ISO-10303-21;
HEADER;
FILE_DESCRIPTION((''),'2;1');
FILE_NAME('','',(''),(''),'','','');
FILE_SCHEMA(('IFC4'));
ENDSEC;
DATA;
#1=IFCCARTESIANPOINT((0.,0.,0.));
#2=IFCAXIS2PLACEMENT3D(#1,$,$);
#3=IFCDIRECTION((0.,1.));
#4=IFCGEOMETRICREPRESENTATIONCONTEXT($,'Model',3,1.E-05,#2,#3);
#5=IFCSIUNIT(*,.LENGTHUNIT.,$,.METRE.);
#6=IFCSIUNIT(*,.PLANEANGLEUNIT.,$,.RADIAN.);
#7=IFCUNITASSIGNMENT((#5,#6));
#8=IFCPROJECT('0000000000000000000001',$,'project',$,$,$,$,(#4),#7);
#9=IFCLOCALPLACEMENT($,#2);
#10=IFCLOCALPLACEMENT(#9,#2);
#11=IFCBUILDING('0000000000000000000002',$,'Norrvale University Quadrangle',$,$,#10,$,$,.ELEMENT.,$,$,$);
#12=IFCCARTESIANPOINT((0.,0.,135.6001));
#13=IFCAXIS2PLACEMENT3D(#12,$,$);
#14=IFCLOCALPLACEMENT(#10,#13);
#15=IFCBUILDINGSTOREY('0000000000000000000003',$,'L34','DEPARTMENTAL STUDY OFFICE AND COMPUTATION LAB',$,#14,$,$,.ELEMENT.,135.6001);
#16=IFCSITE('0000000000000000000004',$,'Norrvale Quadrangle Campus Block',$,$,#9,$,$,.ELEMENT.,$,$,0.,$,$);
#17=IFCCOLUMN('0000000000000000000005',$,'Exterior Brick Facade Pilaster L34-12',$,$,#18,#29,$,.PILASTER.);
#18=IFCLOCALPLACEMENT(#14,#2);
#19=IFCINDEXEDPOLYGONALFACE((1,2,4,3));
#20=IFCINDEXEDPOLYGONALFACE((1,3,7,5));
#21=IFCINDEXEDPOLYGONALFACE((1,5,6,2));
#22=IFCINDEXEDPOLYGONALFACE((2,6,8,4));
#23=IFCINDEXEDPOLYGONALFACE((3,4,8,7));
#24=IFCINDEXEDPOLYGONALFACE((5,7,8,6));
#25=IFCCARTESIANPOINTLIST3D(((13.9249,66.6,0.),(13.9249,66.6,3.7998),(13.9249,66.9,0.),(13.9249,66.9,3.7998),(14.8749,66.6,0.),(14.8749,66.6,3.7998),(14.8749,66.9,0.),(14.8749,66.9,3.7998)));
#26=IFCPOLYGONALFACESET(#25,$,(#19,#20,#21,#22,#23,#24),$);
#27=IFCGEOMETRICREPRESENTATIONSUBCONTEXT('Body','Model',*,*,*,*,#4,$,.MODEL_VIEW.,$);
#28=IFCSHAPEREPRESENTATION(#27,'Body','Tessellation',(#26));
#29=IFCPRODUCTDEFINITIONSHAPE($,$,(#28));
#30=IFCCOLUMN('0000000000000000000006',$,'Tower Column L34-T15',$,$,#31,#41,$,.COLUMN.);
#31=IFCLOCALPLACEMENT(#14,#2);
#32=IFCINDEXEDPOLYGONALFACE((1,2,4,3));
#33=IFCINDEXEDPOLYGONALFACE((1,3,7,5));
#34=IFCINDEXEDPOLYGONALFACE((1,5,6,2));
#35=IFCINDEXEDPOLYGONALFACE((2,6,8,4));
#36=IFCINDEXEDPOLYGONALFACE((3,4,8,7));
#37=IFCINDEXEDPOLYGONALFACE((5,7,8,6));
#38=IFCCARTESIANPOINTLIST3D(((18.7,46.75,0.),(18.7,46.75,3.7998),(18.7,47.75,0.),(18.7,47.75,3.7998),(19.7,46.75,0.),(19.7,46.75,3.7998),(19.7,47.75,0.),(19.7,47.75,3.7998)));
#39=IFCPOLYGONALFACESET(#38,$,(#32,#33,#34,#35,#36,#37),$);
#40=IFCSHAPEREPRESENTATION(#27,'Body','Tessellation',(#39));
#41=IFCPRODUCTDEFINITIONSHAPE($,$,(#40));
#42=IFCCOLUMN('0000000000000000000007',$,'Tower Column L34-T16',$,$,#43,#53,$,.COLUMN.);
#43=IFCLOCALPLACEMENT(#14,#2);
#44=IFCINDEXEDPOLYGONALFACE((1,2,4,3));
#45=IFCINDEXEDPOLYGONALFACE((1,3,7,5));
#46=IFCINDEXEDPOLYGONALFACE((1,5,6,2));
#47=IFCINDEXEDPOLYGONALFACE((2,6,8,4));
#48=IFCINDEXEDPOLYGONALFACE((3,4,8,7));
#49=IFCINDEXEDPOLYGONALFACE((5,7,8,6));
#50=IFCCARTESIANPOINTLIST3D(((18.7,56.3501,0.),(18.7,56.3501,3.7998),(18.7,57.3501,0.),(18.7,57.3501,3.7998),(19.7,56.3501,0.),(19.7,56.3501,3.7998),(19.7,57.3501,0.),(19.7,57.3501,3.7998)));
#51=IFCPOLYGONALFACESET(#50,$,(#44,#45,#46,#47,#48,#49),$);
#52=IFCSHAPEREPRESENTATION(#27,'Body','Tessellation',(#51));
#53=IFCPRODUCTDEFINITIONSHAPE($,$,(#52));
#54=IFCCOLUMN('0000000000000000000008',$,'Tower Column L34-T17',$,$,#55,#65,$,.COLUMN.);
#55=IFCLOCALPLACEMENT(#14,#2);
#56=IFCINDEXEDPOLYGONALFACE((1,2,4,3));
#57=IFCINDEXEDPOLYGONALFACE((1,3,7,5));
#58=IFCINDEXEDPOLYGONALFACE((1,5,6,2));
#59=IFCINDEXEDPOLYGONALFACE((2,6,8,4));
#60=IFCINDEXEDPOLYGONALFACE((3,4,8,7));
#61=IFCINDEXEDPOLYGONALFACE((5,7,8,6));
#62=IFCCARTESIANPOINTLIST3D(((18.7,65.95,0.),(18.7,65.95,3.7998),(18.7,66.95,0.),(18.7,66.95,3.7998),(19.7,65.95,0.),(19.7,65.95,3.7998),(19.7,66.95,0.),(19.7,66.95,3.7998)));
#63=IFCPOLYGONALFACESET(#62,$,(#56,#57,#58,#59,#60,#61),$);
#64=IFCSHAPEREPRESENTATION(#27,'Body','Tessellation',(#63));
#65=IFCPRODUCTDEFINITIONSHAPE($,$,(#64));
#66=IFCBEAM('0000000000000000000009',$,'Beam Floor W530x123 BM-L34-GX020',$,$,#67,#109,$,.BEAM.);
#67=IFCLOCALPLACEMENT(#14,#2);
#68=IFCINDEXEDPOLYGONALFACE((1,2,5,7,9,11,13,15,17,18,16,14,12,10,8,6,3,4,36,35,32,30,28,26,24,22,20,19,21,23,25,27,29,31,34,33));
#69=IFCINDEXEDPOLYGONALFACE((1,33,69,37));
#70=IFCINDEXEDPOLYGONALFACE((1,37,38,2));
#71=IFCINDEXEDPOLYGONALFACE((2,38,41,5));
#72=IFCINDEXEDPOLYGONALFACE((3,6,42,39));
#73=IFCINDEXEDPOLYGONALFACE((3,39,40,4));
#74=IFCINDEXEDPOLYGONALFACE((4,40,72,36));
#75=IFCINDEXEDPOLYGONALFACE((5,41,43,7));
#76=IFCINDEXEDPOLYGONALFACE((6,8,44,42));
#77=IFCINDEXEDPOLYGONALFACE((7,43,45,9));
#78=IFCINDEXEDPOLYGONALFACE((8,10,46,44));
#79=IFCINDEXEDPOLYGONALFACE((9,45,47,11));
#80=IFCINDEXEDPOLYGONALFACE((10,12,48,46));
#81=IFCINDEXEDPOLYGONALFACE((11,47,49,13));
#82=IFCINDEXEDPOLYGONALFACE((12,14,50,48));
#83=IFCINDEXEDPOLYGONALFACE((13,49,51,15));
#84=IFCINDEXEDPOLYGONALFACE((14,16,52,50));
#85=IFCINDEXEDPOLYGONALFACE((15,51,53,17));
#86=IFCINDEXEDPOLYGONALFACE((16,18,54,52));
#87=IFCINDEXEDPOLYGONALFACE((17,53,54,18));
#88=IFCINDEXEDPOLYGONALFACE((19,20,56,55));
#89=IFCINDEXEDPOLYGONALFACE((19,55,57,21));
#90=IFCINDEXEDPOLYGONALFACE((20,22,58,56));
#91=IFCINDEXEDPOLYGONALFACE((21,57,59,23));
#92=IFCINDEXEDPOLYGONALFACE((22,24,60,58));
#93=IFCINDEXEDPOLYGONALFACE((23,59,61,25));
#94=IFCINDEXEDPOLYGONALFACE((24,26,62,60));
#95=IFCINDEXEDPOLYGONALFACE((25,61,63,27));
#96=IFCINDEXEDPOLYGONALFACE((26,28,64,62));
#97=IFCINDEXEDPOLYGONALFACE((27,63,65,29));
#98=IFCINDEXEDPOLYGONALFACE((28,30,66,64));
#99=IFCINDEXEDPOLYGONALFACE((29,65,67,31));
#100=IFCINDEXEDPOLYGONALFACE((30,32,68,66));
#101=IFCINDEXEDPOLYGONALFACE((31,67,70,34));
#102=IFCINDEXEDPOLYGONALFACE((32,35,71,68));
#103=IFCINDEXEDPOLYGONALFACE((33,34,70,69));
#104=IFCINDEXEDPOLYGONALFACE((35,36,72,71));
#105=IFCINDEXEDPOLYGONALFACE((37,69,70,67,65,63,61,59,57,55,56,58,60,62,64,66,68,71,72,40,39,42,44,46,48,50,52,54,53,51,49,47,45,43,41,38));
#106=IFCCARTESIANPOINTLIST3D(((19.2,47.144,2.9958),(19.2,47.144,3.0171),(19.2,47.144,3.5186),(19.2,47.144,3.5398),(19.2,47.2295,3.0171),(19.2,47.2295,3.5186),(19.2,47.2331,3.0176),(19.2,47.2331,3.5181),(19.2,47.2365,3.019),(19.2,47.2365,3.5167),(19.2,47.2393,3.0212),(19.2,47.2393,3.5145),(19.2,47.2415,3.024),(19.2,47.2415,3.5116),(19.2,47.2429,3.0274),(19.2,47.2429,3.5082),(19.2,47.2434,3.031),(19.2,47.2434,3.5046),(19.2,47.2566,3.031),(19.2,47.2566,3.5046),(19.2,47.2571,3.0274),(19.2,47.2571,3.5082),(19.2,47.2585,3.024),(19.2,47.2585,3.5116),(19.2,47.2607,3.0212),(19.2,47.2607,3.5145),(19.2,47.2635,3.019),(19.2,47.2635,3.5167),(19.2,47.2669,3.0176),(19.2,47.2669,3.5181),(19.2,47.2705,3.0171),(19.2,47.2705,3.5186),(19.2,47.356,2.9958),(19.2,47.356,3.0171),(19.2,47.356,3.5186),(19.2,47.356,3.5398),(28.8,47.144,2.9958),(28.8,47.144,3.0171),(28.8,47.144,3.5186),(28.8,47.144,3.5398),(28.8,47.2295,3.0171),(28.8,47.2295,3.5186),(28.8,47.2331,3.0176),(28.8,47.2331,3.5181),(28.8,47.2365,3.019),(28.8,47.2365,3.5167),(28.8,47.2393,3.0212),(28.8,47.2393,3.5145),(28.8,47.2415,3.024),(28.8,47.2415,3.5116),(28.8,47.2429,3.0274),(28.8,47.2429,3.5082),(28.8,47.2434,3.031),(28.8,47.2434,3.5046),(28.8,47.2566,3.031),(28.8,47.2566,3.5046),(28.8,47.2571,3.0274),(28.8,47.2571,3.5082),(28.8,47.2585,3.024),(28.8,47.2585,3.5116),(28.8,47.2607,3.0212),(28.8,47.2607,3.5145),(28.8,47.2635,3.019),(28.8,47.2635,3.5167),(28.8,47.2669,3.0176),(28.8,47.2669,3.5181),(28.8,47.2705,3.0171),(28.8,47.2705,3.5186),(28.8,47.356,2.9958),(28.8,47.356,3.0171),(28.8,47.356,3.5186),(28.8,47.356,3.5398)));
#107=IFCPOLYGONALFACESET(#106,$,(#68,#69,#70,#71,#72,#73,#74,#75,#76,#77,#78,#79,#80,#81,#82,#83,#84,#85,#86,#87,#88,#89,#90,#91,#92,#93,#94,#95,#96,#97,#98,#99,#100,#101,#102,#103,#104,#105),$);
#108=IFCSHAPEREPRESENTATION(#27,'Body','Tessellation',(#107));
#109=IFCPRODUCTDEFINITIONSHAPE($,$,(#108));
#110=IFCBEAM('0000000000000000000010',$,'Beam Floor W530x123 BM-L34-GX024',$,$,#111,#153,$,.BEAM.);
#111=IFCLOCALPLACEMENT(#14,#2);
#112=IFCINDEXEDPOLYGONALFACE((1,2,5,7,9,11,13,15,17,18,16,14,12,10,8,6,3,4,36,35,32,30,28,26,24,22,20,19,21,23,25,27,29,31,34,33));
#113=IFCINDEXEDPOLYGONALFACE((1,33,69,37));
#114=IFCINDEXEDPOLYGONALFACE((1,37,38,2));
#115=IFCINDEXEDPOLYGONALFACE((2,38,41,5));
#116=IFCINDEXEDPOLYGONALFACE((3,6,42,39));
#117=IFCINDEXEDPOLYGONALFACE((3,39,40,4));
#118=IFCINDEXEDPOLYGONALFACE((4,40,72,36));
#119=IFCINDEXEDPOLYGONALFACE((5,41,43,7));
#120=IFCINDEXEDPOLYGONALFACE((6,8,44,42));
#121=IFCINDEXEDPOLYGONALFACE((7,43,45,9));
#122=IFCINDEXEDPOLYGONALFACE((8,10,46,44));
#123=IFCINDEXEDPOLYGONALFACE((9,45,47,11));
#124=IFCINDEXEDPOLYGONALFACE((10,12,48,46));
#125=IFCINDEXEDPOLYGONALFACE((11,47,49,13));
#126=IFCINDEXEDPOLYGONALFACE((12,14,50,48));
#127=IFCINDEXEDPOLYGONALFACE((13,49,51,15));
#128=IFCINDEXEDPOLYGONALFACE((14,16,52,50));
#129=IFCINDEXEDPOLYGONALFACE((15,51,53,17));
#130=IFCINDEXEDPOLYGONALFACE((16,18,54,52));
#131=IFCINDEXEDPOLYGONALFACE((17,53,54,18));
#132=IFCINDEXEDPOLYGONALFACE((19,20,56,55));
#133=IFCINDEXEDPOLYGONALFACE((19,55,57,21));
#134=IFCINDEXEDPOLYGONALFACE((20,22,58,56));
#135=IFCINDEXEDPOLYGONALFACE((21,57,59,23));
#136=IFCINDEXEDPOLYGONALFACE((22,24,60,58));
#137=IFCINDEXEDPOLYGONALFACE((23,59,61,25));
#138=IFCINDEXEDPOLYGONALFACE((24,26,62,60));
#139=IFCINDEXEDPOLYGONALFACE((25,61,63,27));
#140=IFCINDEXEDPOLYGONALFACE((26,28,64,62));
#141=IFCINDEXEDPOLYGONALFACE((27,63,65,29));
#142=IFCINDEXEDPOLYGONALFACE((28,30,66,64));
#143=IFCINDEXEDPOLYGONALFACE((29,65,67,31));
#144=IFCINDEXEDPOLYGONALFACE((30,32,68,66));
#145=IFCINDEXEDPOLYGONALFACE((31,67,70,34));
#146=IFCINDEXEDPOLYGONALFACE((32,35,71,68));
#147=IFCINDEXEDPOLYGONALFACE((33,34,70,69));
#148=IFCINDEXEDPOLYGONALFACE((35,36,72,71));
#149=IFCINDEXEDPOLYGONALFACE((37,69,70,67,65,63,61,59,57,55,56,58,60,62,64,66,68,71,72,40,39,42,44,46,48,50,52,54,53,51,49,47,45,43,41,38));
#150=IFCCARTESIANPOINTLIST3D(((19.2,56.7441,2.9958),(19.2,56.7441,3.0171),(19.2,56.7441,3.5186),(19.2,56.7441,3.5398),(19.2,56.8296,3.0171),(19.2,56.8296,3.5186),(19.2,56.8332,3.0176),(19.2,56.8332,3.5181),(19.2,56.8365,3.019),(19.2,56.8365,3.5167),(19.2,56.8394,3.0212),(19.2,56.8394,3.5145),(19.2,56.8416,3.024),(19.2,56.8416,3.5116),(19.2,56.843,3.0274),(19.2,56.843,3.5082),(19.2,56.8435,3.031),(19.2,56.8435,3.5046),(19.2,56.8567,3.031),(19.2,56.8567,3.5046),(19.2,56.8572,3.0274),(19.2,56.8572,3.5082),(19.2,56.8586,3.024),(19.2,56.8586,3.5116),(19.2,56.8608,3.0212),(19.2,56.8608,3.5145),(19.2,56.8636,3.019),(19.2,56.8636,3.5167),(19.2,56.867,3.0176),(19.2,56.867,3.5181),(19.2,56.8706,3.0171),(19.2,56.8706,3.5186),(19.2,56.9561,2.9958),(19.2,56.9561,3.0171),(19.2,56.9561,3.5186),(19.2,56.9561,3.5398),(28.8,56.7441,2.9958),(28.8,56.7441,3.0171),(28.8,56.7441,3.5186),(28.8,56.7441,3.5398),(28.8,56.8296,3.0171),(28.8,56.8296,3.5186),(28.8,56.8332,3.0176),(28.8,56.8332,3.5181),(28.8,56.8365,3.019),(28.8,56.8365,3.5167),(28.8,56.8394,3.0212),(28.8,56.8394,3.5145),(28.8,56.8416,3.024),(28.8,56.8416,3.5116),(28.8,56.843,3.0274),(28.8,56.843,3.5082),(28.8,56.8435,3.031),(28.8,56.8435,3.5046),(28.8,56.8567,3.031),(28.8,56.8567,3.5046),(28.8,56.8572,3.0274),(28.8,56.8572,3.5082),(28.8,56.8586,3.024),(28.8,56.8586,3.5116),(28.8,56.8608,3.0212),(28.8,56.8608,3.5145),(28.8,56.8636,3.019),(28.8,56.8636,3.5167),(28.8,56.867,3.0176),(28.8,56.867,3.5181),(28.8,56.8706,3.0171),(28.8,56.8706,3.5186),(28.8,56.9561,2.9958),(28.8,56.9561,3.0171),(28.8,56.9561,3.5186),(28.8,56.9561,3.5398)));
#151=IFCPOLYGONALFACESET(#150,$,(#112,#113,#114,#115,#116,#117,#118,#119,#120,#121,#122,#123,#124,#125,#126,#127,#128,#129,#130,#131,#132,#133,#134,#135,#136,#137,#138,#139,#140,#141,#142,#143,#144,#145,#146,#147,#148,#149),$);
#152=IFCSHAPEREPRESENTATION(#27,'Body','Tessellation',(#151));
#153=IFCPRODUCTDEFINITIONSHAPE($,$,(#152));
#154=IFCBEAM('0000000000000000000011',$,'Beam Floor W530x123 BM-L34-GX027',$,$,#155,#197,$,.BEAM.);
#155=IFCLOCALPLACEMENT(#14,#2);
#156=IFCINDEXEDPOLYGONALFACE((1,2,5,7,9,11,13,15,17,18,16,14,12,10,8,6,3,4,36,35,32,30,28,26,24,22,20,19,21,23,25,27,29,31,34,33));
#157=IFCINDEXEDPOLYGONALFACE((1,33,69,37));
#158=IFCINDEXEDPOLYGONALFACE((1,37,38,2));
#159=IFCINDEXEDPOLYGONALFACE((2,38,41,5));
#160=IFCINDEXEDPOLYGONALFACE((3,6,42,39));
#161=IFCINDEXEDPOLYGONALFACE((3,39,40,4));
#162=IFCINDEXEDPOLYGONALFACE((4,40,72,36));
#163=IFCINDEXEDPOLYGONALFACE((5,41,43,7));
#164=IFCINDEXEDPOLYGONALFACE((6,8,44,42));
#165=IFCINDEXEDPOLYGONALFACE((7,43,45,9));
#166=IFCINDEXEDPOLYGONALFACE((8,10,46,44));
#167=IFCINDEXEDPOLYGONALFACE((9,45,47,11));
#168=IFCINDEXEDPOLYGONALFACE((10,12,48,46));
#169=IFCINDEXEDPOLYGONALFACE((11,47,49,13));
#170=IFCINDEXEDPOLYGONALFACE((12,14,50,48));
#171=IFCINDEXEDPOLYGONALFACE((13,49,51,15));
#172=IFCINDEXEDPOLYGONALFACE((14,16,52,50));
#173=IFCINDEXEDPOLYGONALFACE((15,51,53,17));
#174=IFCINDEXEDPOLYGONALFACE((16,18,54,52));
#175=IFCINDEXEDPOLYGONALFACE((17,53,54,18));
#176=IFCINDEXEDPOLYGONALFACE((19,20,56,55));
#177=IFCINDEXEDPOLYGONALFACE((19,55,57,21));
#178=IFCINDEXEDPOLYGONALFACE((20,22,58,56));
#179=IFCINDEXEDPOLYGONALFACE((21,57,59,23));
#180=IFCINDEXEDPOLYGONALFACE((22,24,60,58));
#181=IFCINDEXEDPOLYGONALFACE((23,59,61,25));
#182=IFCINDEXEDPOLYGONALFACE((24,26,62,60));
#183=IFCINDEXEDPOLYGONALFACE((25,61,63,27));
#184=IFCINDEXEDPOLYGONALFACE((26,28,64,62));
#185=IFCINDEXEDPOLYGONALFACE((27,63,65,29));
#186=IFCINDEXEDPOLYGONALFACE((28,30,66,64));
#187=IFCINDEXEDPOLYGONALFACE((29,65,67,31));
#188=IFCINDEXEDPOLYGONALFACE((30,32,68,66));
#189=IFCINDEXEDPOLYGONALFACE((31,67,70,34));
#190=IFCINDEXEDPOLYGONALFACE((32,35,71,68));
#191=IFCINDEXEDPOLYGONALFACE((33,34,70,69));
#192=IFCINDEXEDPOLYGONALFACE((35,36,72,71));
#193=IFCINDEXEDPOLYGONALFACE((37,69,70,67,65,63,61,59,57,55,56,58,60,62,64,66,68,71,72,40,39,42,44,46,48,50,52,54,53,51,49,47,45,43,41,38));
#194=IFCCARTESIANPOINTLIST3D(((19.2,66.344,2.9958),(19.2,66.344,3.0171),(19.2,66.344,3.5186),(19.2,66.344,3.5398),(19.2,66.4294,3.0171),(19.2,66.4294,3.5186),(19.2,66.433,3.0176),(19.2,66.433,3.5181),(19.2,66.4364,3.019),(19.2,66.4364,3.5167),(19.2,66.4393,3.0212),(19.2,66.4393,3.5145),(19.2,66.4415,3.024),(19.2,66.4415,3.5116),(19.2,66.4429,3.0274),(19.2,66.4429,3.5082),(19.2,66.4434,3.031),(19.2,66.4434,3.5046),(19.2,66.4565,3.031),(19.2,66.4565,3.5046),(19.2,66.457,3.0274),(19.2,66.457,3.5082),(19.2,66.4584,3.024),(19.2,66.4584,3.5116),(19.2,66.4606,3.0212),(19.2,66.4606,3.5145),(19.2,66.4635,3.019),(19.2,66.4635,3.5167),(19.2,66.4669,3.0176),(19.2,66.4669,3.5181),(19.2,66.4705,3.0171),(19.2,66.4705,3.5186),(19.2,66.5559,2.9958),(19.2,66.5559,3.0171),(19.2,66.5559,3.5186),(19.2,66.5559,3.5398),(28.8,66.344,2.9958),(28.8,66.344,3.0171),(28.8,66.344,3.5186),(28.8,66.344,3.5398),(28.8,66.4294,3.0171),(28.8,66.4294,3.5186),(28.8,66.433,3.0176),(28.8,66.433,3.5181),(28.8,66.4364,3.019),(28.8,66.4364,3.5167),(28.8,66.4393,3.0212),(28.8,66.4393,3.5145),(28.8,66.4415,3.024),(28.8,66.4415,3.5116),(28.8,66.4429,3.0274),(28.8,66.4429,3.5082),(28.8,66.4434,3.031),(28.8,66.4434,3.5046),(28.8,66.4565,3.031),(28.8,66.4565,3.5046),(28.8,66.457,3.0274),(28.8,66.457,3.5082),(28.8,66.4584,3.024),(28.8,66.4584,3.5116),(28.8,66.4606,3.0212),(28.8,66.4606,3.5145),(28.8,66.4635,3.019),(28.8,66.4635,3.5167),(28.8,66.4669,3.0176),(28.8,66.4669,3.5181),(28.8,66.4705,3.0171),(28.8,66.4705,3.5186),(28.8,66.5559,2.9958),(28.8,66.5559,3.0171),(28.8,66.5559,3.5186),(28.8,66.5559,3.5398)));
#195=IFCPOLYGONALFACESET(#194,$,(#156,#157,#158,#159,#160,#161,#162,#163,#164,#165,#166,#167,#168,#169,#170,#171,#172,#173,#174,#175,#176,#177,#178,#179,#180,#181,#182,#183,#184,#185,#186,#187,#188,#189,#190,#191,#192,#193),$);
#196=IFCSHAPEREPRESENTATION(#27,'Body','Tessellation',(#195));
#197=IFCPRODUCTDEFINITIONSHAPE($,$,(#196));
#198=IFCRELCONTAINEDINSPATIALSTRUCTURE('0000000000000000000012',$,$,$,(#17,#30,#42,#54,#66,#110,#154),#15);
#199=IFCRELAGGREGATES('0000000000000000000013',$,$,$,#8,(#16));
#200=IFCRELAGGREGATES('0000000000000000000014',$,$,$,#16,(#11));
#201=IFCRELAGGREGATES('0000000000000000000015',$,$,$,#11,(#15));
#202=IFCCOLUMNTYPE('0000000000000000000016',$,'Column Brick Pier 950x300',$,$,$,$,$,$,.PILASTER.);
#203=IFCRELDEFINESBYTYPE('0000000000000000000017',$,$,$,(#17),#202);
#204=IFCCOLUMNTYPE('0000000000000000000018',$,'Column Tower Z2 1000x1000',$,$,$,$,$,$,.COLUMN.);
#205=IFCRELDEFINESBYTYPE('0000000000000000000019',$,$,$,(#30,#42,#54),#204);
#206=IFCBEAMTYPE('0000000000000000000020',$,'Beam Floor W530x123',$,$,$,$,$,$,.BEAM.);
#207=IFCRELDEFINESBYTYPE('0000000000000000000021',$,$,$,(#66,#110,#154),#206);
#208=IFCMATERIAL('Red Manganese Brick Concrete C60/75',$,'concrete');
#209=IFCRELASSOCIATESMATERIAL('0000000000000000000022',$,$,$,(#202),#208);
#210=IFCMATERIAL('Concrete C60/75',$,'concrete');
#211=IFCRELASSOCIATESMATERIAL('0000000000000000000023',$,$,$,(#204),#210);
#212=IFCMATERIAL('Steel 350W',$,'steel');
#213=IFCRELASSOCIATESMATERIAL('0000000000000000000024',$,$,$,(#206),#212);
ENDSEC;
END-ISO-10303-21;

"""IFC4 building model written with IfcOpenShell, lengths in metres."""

from ifc_helpers import new_model, si_unit, direction, frame, origin, origin_2d, place, context, subcontext, project, spatial, rectangle, i_section, extrude, material, material_profile, profile_set, type_object, element, save


model = new_model("IFC4")

# Units and contexts
model_context = context("Model", 3, precision=1e-05, world=origin(), true_north=direction((0.0, 1.0)))
body_context = subcontext(model_context, "Body", "Model", "MODEL_VIEW")
ifc_project = project(units=[si_unit("LENGTHUNIT", "METRE"), si_unit("PLANEANGLEUNIT", "RADIAN")], contexts=[model_context])

# Site, building, storey
site_placement = place(None, origin())
site = spatial("IfcSite", under=ifc_project, at=site_placement, Name="Norrvale Quadrangle Campus Block", CompositionType="ELEMENT", RefElevation=0.0)
building_placement = place(site_placement, origin())
building = spatial("IfcBuilding", under=site, at=building_placement, Name="Norrvale University Quadrangle", CompositionType="ELEMENT")
storey_placement = place(building_placement, frame((0.0, 0.0, 135.6001)))
storey = spatial("IfcBuildingStorey", under=building, at=storey_placement, Name="L34", Description="DEPARTMENTAL STUDY OFFICE AND COMPUTATION LAB", CompositionType="ELEMENT", Elevation=135.6001)

# Columns
ifc_material_1 = material(Name="Red Manganese Brick Concrete C60/75", Category="concrete")
ifc_material_profile_1 = material_profile(ifc_material_1, rectangle(XDim=0.95, YDim=0.3, at=origin_2d()), Name="Red Manganese Brick Concrete C60/75")
ifc_profile_set_1 = profile_set([ifc_material_profile_1], Name="Red Manganese Brick Concrete C60/75")
column_type_1 = type_object("IfcColumnType", Name="Column Brick Pier 950x300", PredefinedType="PILASTER", material=ifc_profile_set_1)
column_placement = place(storey_placement, frame((14.3999, 66.75, 0.0), z_axis=(0.0, 0.0, 1.0), x_axis=(1.0, 0.0, 0.0)))
element("IfcColumn", 1, at=column_placement, inside=storey, type_object=column_type_1, Name="Exterior Brick Facade Pilaster L34-12", PredefinedType="PILASTER", context=body_context, shape_type="SweptSolid", body=[
    extrude(rectangle(XDim=0.95, YDim=0.3, at=origin_2d()), origin(), (0.0, 0.0, 1.0), 3.7998),
])
ifc_material_2 = material(Name="Concrete C60/75", Category="concrete")
ifc_material_profile_2 = material_profile(ifc_material_2, rectangle(XDim=1.0, YDim=1.0, at=origin_2d()), Name="Concrete C60/75")
ifc_profile_set_2 = profile_set([ifc_material_profile_2], Name="Concrete C60/75")
column_type_2 = type_object("IfcColumnType", Name="Column Tower Z2 1000x1000", PredefinedType="COLUMN", material=ifc_profile_set_2)
for number, where, z_axis, x_axis, name in (
    (2, (19.2, 47.25, 0.0), (0.0, 0.0, 1.0), (1.0, 0.0, 0.0), "Tower Column L34-T15"),
    (3, (19.2, 56.8501, 0.0), (0.0, 0.0, 1.0), (1.0, 0.0, 0.0), "Tower Column L34-T16"),
    (4, (19.2, 66.45, 0.0), (0.0, 0.0, 1.0), (1.0, 0.0, 0.0), "Tower Column L34-T17"),
):
    element("IfcColumn", number, at=place(storey_placement, frame(where, z_axis=z_axis, x_axis=x_axis)), inside=storey, type_object=column_type_2, Name=name, PredefinedType="COLUMN", context=body_context, shape_type="SweptSolid", body=[
        extrude(rectangle(XDim=1.0, YDim=1.0, at=origin_2d()), origin(), (0.0, 0.0, 1.0), 3.7998),
    ])

# Beams
ifc_material_3 = material(Name="Steel 350W", Category="steel")
ifc_material_profile_3 = material_profile(ifc_material_3, i_section(OverallWidth=0.2119, OverallDepth=0.5439, WebThickness=0.0132, FlangeThickness=0.0212, FilletRadius=0.0139, at=origin_2d()), Name="Steel 350W")
ifc_profile_set_3 = profile_set([ifc_material_profile_3], Name="Steel 350W")
beam_type_1 = type_object("IfcBeamType", Name="Beam Floor W530x123", PredefinedType="BEAM", material=ifc_profile_set_3)
for number, where, z_axis, x_axis, name in (
    (5, (19.2, 47.25, 3.2678), (1.0, 0.0, 0.0), (0.0, 1.0, 0.0), "Beam Floor W530x123 BM-L34-GX020"),
    (6, (19.2, 56.8501, 3.2678), (1.0, 0.0, 0.0), (0.0, 1.0, 0.0), "Beam Floor W530x123 BM-L34-GX024"),
    (7, (19.2, 66.45, 3.2678), (1.0, 0.0, 0.0), (0.0, 1.0, 0.0), "Beam Floor W530x123 BM-L34-GX027"),
):
    element("IfcBeam", number, at=place(storey_placement, frame(where, z_axis=z_axis, x_axis=x_axis)), inside=storey, type_object=beam_type_1, Name=name, PredefinedType="BEAM", context=body_context, shape_type="SweptSolid", body=[
        extrude(i_section(OverallWidth=0.2119, OverallDepth=0.5439, WebThickness=0.0132, FlangeThickness=0.0212, FilletRadius=0.0139, at=origin_2d()), origin(), (0.0, 0.0, 1.0), 9.6001),
    ])

save(model, "model.ifc")
